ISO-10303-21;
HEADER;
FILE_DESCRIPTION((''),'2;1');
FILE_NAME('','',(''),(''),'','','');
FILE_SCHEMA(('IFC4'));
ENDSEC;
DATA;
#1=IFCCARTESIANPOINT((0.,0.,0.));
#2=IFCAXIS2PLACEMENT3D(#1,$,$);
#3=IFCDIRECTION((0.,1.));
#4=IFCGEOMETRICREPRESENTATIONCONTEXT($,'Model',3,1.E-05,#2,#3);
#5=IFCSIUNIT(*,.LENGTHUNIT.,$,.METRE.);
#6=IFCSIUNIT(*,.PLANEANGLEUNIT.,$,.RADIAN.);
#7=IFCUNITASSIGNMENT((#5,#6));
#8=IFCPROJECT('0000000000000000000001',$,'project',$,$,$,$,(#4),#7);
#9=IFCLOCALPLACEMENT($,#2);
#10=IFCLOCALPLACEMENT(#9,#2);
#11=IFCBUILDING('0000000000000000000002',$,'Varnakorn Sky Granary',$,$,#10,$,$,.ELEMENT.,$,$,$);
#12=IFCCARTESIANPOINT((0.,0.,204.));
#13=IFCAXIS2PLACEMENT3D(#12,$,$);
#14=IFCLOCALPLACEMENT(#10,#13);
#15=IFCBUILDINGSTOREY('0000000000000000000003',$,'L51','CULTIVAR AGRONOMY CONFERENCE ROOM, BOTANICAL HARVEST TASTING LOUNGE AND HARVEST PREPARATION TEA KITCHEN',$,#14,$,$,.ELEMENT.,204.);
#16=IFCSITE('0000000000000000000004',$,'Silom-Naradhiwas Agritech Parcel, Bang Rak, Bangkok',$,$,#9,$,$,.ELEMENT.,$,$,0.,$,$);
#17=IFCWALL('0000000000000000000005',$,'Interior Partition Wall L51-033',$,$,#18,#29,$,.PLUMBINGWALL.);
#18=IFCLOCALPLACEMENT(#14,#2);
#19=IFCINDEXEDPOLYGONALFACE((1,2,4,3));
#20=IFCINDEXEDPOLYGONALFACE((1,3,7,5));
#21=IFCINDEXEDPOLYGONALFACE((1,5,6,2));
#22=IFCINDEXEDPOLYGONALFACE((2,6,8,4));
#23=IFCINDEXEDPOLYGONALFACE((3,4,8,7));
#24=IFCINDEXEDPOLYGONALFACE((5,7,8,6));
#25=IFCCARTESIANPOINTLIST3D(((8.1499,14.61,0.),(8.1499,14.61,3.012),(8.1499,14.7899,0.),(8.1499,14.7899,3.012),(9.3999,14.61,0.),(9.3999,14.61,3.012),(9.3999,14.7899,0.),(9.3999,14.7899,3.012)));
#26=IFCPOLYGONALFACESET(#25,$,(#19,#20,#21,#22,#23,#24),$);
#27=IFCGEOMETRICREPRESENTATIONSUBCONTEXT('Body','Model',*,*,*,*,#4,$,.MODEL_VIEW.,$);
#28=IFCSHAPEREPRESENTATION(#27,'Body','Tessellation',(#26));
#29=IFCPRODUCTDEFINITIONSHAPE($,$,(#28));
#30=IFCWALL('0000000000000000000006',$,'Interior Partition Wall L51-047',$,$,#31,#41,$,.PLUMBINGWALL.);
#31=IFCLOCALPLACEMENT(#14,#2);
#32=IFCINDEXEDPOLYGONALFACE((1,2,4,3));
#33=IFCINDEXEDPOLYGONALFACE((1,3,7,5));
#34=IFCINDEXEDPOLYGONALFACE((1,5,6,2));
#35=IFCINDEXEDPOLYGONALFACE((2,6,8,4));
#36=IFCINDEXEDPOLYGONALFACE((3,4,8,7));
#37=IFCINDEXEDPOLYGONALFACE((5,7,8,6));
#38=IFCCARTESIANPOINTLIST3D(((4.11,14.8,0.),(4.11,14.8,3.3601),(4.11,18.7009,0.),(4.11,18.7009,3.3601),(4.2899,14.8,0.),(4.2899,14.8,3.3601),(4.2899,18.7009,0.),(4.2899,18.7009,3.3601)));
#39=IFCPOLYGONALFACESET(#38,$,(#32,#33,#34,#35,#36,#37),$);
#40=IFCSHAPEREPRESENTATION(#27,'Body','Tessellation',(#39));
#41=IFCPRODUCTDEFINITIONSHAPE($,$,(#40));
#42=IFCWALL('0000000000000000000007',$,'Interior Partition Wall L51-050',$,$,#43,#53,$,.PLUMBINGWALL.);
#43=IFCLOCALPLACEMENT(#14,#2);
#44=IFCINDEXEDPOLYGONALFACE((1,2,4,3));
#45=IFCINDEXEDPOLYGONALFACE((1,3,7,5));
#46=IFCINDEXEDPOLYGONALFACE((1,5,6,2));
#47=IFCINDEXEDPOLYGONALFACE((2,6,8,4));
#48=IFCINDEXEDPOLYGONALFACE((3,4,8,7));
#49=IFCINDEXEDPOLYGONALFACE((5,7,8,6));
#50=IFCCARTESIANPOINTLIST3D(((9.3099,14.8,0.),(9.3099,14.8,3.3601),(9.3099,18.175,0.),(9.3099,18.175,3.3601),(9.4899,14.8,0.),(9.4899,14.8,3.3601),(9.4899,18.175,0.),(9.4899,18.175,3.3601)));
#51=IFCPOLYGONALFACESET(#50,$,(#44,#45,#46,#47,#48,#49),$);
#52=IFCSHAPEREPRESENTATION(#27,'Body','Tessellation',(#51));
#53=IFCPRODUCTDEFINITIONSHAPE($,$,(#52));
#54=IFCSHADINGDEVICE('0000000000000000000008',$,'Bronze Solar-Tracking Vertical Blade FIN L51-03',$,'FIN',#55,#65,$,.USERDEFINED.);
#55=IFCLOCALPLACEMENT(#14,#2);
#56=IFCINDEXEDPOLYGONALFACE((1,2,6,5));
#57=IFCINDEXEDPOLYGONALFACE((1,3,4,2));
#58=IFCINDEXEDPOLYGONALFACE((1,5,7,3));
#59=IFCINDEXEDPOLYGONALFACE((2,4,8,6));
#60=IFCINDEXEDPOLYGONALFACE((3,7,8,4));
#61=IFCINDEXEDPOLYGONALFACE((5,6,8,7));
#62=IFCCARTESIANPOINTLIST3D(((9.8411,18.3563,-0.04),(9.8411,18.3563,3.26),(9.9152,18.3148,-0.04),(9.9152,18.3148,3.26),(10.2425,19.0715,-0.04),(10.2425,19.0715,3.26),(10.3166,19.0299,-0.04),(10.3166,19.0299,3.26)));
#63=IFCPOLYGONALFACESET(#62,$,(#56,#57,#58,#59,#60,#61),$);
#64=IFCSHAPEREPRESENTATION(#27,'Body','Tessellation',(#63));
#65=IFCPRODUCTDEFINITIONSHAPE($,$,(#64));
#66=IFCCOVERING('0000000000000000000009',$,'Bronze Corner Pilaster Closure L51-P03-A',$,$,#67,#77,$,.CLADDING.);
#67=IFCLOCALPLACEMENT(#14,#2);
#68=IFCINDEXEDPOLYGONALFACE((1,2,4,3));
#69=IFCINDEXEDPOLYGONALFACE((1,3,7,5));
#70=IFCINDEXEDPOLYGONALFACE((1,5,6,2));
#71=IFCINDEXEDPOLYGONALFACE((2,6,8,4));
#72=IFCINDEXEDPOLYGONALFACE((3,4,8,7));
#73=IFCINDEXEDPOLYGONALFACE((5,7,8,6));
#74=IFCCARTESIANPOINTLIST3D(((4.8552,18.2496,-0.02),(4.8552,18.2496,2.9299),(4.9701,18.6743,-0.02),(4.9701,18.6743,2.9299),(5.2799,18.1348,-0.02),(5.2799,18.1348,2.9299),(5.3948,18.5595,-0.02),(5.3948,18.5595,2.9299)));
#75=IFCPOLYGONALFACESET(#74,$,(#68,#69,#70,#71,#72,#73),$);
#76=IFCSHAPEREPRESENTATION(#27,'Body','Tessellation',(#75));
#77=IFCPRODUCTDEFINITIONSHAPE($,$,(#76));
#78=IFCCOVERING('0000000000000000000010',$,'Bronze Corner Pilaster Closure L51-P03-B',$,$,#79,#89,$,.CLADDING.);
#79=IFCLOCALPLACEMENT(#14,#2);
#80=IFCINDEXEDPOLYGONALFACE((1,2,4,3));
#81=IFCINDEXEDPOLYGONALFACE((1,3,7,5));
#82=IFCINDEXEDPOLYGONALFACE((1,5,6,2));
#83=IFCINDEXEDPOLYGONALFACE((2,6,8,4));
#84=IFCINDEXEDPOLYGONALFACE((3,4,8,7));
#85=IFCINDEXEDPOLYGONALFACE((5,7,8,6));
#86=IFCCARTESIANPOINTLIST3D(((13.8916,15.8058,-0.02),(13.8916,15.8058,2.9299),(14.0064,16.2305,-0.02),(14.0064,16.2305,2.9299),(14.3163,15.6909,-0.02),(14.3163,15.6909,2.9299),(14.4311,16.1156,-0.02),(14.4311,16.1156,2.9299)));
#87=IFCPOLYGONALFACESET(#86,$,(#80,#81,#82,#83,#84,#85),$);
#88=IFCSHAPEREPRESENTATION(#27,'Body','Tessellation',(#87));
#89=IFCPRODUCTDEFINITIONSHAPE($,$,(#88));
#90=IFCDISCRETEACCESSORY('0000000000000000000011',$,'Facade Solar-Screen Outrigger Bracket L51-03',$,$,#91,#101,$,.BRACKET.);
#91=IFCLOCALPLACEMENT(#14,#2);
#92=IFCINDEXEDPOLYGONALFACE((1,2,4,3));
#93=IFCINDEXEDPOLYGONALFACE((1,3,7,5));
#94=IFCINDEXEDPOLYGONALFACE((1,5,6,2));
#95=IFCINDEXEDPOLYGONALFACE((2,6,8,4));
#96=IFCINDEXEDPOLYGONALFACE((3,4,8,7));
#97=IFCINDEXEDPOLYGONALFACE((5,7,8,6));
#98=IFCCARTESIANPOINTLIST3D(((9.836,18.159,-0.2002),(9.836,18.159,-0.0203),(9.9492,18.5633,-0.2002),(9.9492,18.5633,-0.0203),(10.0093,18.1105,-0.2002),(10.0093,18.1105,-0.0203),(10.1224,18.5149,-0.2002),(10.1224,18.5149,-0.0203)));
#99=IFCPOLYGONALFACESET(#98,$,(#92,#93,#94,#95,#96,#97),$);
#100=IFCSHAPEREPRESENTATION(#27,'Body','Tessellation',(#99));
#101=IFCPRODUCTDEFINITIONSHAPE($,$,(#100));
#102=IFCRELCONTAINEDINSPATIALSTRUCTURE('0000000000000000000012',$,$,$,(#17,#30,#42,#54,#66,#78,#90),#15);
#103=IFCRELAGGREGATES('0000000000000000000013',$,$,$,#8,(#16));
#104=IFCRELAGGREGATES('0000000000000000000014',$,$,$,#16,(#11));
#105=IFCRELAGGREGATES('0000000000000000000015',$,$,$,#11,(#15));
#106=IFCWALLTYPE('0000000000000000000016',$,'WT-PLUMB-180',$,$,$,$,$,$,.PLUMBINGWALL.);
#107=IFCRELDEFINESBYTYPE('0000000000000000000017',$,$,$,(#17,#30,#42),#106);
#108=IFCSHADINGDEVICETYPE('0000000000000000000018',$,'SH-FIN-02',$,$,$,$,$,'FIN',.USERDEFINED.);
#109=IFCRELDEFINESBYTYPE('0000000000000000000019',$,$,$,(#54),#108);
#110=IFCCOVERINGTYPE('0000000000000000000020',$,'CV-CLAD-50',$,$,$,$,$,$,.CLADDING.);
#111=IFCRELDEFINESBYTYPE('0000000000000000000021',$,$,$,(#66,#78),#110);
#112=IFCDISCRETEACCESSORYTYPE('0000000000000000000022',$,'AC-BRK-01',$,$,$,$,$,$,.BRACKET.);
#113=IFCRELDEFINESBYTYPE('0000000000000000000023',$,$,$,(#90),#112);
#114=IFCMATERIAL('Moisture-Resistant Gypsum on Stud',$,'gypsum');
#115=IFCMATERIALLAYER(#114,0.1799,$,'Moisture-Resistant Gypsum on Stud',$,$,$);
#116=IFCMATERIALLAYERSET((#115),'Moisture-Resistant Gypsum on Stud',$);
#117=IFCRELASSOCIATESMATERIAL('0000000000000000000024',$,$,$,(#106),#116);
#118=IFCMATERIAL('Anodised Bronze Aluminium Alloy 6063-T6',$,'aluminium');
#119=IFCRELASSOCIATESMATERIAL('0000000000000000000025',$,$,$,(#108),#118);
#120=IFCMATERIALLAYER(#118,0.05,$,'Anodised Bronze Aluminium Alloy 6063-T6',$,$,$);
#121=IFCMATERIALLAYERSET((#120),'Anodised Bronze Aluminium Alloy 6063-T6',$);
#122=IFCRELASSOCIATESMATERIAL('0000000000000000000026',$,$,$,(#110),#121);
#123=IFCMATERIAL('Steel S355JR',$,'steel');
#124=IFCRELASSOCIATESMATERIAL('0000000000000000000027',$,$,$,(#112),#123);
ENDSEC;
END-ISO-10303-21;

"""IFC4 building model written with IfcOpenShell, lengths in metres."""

from ifc_helpers import new_model, si_unit, direction, frame, frame_2d, origin, origin_2d, place, context, subcontext, project, spatial, rectangle, extrude, source, transform, mapped, material, layer, layer_set, type_object, type_shapes, element, save


model = new_model("IFC4")

# Units and contexts
model_context = context("Model", 3, precision=1e-05, world=origin(), true_north=direction((0.0, 1.0)))
body_context = subcontext(model_context, "Body", "Model", "MODEL_VIEW")
ifc_project = project(units=[si_unit("LENGTHUNIT", "METRE"), si_unit("PLANEANGLEUNIT", "RADIAN")], contexts=[model_context])

# Site, building, storey
site_placement = place(None, origin())
site = spatial("IfcSite", under=ifc_project, at=site_placement, Name="Silom-Naradhiwas Agritech Parcel, Bang Rak, Bangkok", CompositionType="ELEMENT", RefElevation=0.0)
building_placement = place(site_placement, origin())
building = spatial("IfcBuilding", under=site, at=building_placement, Name="Varnakorn Sky Granary", CompositionType="ELEMENT")
storey_placement = place(building_placement, frame((0.0, 0.0, 204.0)))
storey = spatial("IfcBuildingStorey", under=building, at=storey_placement, Name="L51", Description="CULTIVAR AGRONOMY CONFERENCE ROOM, BOTANICAL HARVEST TASTING LOUNGE AND HARVEST PREPARATION TEA KITCHEN", CompositionType="ELEMENT", Elevation=204.0)

# Shared definitions
ifc_material_1 = material(Name="Steel S355JR", Category="steel")

# Shared definitions
ifc_material_2 = material(Name="Anodised Bronze Aluminium Alloy 6063-T6", Category="aluminium")

# Shared definitions
ifc_material_3 = material(Name="Moisture-Resistant Gypsum on Stud", Category="gypsum")
ifc_layer_1 = layer(ifc_material_3, 0.1799, Name="Moisture-Resistant Gypsum on Stud")
ifc_layer_set_1 = layer_set([ifc_layer_1], Name="Moisture-Resistant Gypsum on Stud")
wall_type_1 = type_object("IfcWallType", Name="WT-PLUMB-180", PredefinedType="PLUMBINGWALL", material=ifc_layer_set_1)

# Walls
wall_1_placement = place(storey_placement, frame((9.3999, 14.7, 0.0), z_axis=(0.0, 0.0, 1.0), x_axis=(-1.0, 0.0, 0.0)))
element("IfcWall", 1, at=wall_1_placement, inside=storey, type_object=wall_type_1, Name="Interior Partition Wall L51-033", PredefinedType="PLUMBINGWALL", context=body_context, shape_type="SweptSolid", body=[
    extrude(rectangle(XDim=1.25, YDim=0.1799, at=frame_2d((0.625, 0.0))), origin(), (0.0, 0.0, 1.0), 3.012),
])
wall_2_placement = place(storey_placement, frame((4.2, 18.7009, 0.0), z_axis=(0.0, 0.0, 1.0), x_axis=(0.0, -1.0, 0.0)))
element("IfcWall", 2, at=wall_2_placement, inside=storey, type_object=wall_type_1, Name="Interior Partition Wall L51-047", PredefinedType="PLUMBINGWALL", context=body_context, shape_type="SweptSolid", body=[
    extrude(rectangle(XDim=3.9009, YDim=0.1799, at=frame_2d((1.9504, 0.0))), origin(), (0.0, 0.0, 1.0), 3.3601),
])
wall_3_placement = place(storey_placement, frame((9.3999, 14.8, 0.0), z_axis=(0.0, 0.0, 1.0), x_axis=(0.0, 1.0, 0.0)))
element("IfcWall", 3, at=wall_3_placement, inside=storey, type_object=wall_type_1, Name="Interior Partition Wall L51-050", PredefinedType="PLUMBINGWALL", context=body_context, shape_type="SweptSolid", body=[
    extrude(rectangle(XDim=3.375, YDim=0.1799, at=frame_2d((1.6875, 0.0))), origin(), (0.0, 0.0, 1.0), 3.3601),
])

# Shading device
shading_device_type = type_object("IfcShadingDeviceType", Name="SH-FIN-02", ElementType="FIN", PredefinedType="USERDEFINED", material=ifc_material_2)
shared_shape_1 = source(origin(), body_context, "Body", "SweptSolid", [
    extrude(rectangle(XDim=0.085, YDim=0.8201, at=origin_2d()), origin(), (0.0, 0.0, 1.0), 3.3),
])
type_shapes(shading_device_type, [shared_shape_1])
shading_device_placement = place(storey_placement, frame((10.0789, 18.6931, -0.04), z_axis=(0.0, 0.0, 1.0), x_axis=(-0.872023, 0.489465, 0.0)))
element("IfcShadingDevice", 4, at=shading_device_placement, inside=storey, type_object=shading_device_type, Name="Bronze Solar-Tracking Vertical Blade FIN L51-03", ObjectType="FIN", PredefinedType="USERDEFINED", context=body_context, shape_type="MappedRepresentation", body=[
    mapped(shared_shape_1, transform((0.0, 0.0, 0.0), x_axis=(1.0, 0.0, 0.0), y_axis=(0.0, 1.0, 0.0), z_axis=(0.0, 0.0, 1.0), scale=1.0)),
])

# Coverings
ifc_layer_2 = layer(ifc_material_2, 0.05, Name="Anodised Bronze Aluminium Alloy 6063-T6")
ifc_layer_set_2 = layer_set([ifc_layer_2], Name="Anodised Bronze Aluminium Alloy 6063-T6")
covering_type = type_object("IfcCoveringType", Name="CV-CLAD-50", PredefinedType="CLADDING", material=ifc_layer_set_2)
shared_shape_2 = source(origin(), body_context, "Body", "SweptSolid", [
    extrude(rectangle(XDim=0.4399, YDim=0.4399, at=origin_2d()), origin(), (0.0, 0.0, 1.0), 2.95),
])
type_shapes(covering_type, [shared_shape_2])
for number, where, z_axis, x_axis, name in (
    (5, (5.125, 18.4045, -0.02), (0.0, 0.0, 1.0), (0.965336, -0.26101, 0.0), "Bronze Corner Pilaster Closure L51-P03-A"),
    (6, (14.1614, 15.9607, -0.02), (0.0, 0.0, 1.0), (0.965336, -0.26101, 0.0), "Bronze Corner Pilaster Closure L51-P03-B"),
):
    element("IfcCovering", number, at=place(storey_placement, frame(where, z_axis=z_axis, x_axis=x_axis)), inside=storey, type_object=covering_type, Name=name, PredefinedType="CLADDING", context=body_context, shape_type="MappedRepresentation", body=[
        mapped(shared_shape_2, transform((0.0, 0.0, 0.0), x_axis=(1.0, 0.0, 0.0), y_axis=(0.0, 1.0, 0.0), z_axis=(0.0, 0.0, 1.0), scale=1.0)),
    ])

# Discrete accessory
discrete_accessory_type = type_object("IfcDiscreteAccessoryType", Name="AC-BRK-01", PredefinedType="BRACKET", material=ifc_material_1)
shared_shape_3 = source(origin(), body_context, "Body", "SweptSolid", [
    extrude(rectangle(XDim=0.1799, YDim=0.4199, at=origin_2d()), origin(), (0.0, 0.0, 1.0), 0.1799),
])
type_shapes(discrete_accessory_type, [shared_shape_3])
discrete_accessory_placement = place(storey_placement, frame((9.9792, 18.3369, -0.2002), z_axis=(0.0, 0.0, 1.0), x_axis=(-0.963033, 0.269383, 0.0)))
element("IfcDiscreteAccessory", 7, at=discrete_accessory_placement, inside=storey, type_object=discrete_accessory_type, Name="Facade Solar-Screen Outrigger Bracket L51-03", PredefinedType="BRACKET", context=body_context, shape_type="MappedRepresentation", body=[
    mapped(shared_shape_3, transform((0.0, 0.0, 0.0), x_axis=(1.0, 0.0, 0.0), y_axis=(0.0, 1.0, 0.0), z_axis=(0.0, 0.0, 1.0), scale=1.0)),
])

save(model, "model.ifc")
